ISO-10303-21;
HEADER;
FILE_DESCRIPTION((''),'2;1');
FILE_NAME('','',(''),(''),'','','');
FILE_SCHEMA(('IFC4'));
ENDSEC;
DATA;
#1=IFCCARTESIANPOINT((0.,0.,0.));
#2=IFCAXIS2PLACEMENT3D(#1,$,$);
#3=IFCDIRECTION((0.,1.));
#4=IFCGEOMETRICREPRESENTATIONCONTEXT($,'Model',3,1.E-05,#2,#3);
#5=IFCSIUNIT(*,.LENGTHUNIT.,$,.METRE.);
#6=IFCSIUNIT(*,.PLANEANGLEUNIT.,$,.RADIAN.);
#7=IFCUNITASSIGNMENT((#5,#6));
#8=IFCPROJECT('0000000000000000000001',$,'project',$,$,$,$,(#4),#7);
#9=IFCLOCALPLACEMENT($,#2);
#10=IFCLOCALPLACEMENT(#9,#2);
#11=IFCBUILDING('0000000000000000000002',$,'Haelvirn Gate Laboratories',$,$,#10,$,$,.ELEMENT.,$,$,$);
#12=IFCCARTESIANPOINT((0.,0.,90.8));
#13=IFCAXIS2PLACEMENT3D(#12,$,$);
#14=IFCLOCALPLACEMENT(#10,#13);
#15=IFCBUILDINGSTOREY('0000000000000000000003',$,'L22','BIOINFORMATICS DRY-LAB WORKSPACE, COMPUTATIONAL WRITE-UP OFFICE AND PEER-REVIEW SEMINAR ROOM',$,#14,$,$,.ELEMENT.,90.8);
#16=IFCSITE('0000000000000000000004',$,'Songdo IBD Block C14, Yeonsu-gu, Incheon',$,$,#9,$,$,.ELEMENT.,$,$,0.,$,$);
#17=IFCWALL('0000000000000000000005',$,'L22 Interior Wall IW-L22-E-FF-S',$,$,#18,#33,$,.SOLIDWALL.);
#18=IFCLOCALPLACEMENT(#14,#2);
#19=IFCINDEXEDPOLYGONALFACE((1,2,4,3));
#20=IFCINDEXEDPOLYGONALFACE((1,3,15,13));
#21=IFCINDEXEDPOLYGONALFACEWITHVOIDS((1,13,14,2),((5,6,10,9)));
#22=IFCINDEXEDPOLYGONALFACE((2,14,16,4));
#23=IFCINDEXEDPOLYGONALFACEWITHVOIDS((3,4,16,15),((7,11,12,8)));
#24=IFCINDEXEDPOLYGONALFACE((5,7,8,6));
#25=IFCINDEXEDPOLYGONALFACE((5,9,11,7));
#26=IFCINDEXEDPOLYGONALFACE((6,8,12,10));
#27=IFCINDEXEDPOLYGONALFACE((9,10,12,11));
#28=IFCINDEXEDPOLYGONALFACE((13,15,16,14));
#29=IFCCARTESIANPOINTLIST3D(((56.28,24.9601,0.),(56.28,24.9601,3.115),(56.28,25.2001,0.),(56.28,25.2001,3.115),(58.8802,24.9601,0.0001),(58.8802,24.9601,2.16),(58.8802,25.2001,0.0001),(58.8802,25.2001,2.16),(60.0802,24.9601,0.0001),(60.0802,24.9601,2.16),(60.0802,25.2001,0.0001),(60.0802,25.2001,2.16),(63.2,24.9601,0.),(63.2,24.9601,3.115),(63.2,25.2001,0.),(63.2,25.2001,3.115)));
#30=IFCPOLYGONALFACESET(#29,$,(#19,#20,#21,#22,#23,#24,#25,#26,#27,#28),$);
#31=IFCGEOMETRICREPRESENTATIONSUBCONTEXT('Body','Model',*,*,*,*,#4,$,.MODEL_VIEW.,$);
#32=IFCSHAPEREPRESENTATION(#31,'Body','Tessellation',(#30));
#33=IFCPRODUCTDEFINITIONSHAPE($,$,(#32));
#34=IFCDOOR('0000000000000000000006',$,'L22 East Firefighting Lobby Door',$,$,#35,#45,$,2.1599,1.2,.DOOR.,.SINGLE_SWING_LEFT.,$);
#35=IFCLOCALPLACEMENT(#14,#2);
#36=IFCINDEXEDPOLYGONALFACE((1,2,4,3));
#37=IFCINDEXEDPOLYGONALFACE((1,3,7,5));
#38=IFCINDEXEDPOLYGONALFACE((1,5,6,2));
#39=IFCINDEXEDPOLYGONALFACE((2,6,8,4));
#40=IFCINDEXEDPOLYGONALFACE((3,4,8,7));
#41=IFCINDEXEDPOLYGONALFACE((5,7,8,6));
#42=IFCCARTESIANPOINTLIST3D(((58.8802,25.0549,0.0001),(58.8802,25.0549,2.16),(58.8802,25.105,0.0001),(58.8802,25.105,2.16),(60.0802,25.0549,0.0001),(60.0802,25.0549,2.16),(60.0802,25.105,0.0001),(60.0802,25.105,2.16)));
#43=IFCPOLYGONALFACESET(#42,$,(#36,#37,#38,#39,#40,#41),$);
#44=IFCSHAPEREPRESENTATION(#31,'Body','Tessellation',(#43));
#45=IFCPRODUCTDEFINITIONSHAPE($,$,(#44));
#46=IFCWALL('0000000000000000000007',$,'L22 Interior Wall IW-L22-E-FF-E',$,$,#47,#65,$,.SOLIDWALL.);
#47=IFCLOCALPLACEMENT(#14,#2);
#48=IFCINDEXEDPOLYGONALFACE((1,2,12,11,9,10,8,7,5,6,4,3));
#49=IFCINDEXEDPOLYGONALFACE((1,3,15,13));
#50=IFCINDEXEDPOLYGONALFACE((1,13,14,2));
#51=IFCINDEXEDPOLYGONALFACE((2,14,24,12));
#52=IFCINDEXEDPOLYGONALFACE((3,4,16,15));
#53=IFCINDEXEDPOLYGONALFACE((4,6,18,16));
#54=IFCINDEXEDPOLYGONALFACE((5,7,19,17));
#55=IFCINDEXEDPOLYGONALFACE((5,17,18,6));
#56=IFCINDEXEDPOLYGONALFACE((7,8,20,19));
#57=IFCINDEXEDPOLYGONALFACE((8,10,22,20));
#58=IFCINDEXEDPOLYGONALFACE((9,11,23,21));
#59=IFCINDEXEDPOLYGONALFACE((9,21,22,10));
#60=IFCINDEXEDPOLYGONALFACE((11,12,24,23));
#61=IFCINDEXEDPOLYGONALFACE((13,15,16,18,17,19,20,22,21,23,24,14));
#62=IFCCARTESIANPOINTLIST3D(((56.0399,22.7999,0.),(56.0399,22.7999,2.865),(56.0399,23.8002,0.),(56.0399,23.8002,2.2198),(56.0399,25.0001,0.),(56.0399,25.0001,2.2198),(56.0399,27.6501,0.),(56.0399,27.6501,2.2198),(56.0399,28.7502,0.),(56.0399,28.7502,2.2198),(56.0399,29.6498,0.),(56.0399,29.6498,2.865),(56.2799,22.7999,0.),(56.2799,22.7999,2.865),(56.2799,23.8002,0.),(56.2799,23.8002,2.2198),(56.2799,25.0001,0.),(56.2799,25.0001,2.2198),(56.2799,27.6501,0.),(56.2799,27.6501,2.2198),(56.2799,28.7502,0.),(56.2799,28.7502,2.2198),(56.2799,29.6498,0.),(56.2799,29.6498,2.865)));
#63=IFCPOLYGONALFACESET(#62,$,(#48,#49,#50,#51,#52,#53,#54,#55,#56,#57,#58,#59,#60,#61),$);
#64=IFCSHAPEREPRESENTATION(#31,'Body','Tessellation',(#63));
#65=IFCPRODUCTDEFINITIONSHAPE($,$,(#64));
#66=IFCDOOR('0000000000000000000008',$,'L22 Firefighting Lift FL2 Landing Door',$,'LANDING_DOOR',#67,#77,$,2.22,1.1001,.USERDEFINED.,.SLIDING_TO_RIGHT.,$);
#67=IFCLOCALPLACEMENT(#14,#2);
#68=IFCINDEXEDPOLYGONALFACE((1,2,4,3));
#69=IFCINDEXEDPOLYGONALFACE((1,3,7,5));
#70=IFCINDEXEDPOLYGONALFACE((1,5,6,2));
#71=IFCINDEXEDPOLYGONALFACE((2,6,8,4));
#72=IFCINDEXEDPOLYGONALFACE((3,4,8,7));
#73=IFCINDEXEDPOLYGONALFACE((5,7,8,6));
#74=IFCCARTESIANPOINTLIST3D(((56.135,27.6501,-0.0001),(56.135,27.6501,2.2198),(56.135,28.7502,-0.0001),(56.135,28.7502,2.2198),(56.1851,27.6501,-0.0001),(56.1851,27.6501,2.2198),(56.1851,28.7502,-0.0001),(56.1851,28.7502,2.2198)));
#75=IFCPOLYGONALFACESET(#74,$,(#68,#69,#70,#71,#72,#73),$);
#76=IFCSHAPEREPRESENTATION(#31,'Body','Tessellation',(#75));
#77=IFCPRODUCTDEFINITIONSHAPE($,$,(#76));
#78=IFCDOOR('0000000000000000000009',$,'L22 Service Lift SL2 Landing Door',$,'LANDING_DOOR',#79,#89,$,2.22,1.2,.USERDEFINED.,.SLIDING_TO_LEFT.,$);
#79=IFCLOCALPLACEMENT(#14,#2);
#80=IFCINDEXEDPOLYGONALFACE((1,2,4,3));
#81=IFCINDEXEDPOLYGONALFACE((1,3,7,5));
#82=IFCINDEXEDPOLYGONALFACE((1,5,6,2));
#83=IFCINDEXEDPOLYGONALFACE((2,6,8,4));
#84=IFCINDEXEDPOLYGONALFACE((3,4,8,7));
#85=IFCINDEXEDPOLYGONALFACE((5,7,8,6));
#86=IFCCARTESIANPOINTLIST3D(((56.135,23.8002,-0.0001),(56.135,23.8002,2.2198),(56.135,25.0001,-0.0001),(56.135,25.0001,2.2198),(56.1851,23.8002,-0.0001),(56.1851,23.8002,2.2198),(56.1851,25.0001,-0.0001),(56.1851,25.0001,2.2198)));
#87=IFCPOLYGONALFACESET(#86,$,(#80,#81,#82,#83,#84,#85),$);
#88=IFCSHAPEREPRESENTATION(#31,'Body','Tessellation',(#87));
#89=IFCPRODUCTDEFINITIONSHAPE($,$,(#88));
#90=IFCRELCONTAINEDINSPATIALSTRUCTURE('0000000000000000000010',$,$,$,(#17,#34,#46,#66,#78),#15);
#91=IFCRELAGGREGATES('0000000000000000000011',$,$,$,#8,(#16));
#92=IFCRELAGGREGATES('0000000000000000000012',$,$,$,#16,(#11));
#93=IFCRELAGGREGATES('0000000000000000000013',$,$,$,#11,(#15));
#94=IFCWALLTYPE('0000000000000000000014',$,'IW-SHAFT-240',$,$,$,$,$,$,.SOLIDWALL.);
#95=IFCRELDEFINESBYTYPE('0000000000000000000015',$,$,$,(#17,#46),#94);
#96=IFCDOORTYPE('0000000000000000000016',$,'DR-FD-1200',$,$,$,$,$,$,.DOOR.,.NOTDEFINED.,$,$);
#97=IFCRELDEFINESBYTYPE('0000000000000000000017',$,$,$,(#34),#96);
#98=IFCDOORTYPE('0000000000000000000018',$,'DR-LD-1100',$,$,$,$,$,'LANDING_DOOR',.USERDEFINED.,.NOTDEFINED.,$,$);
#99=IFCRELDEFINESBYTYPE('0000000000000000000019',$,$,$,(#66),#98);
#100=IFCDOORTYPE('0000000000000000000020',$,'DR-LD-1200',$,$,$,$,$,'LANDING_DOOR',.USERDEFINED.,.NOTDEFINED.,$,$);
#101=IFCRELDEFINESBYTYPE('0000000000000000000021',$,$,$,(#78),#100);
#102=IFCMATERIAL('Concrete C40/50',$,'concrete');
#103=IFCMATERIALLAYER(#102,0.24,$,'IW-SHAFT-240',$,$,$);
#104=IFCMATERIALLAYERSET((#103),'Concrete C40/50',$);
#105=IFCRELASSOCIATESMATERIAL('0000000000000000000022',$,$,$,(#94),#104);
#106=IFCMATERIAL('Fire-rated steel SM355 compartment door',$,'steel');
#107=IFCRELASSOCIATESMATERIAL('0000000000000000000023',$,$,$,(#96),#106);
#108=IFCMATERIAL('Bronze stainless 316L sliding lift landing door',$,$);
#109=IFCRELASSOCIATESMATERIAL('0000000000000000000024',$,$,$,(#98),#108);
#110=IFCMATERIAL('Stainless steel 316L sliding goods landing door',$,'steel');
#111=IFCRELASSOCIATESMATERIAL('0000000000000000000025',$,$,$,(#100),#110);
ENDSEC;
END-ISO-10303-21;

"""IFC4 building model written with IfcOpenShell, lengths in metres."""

from ifc_helpers import new_model, si_unit, direction, frame, frame_2d, origin, place, context, subcontext, project, spatial, rectangle, extrude, source, transform, mapped, material, layer, layer_set, type_object, type_shapes, element, fill, save


model = new_model("IFC4")

# Units and contexts
model_context = context("Model", 3, precision=1e-05, world=origin(), true_north=direction((0.0, 1.0)))
body_context = subcontext(model_context, "Body", "Model", "MODEL_VIEW")
ifc_project = project(units=[si_unit("LENGTHUNIT", "METRE"), si_unit("PLANEANGLEUNIT", "RADIAN")], contexts=[model_context])

# Site, building, storey
site_placement = place(None, origin())
site = spatial("IfcSite", under=ifc_project, at=site_placement, Name="Songdo IBD Block C14, Yeonsu-gu, Incheon", CompositionType="ELEMENT", RefElevation=0.0)
building_placement = place(site_placement, origin())
building = spatial("IfcBuilding", under=site, at=building_placement, Name="Haelvirn Gate Laboratories", CompositionType="ELEMENT")
storey_placement = place(building_placement, frame((0.0, 0.0, 90.8)))
storey = spatial("IfcBuildingStorey", under=building, at=storey_placement, Name="L22", Description="BIOINFORMATICS DRY-LAB WORKSPACE, COMPUTATIONAL WRITE-UP OFFICE AND PEER-REVIEW SEMINAR ROOM", CompositionType="ELEMENT", Elevation=90.8)

# Shared definitions
ifc_material_1 = material(Name="Concrete C40/50", Category="concrete")

# Wall, opening, door
ifc_layer_1 = layer(ifc_material_1, 0.24, Name="IW-SHAFT-240")
ifc_layer_set_1 = layer_set([ifc_layer_1], Name="Concrete C40/50")
wall_type_1 = type_object("IfcWallType", Name="IW-SHAFT-240", PredefinedType="SOLIDWALL", material=ifc_layer_set_1)
wall_1_placement = place(storey_placement, frame((56.28, 25.0801, 0.0), z_axis=(0.0, 0.0, 1.0), x_axis=(1.0, 0.0, 0.0)))
wall_1 = element("IfcWall", 1, at=wall_1_placement, inside=storey, type_object=wall_type_1, Name="L22 Interior Wall IW-L22-E-FF-S", PredefinedType="SOLIDWALL", context=body_context, shape_type="SweptSolid", body=[
    extrude(rectangle(XDim=6.9199, YDim=0.24, at=frame_2d((3.46, 0.0))), origin(), (0.0, 0.0, 1.0), 3.115),
])
opening_1_placement = place(wall_1_placement, frame((2.6001, 0.0, 0.0)))
opening_1 = element("IfcOpeningElement", 2, at=opening_1_placement, cuts=wall_1, PredefinedType="OPENING", context=body_context, shape_type="SweptSolid", body=[
    extrude(rectangle(XDim=1.2, YDim=2.1599, at=frame_2d((0.6001, 1.0801))), frame((0.0, 0.1299, 0.0), z_axis=(0.0, -1.0, 0.0), x_axis=(1.0, 0.0, 0.0)), (0.0, 0.0, 1.0), 0.26),
])
ifc_material_2 = material(Name="Fire-rated steel SM355 compartment door", Category="steel")
door_type_1 = type_object("IfcDoorType", Name="DR-FD-1200", OperationType="NOTDEFINED", PredefinedType="DOOR", material=ifc_material_2)
shared_shape_1 = source(origin(), body_context, "Body", "SweptSolid", [
    extrude(rectangle(XDim=1.2, YDim=2.1599, at=frame_2d((0.6001, 1.0801))), frame((0.0, 0.0249, 0.0), z_axis=(0.0, -1.0, 0.0), x_axis=(1.0, 0.0, 0.0)), (0.0, 0.0, 1.0), 0.05),
])
type_shapes(door_type_1, [shared_shape_1])
door_1_placement = place(opening_1_placement, origin())
door_1 = element("IfcDoor", 3, at=door_1_placement, inside=storey, type_object=door_type_1, Name="L22 East Firefighting Lobby Door", OperationType="SINGLE_SWING_LEFT", OverallHeight=2.1599, OverallWidth=1.2, PredefinedType="DOOR", context=body_context, shape_type="MappedRepresentation", body=[
    mapped(shared_shape_1, transform((0.0, 0.0, 0.0), scale=1.0)),
])
fill(opening_1, door_1)

# Wall, openings, doors
wall_2_placement = place(storey_placement, frame((56.1599, 22.8, 0.0), z_axis=(0.0, 0.0, 1.0), x_axis=(0.0, 1.0, 0.0)))
wall_2 = element("IfcWall", 4, at=wall_2_placement, inside=storey, type_object=wall_type_1, Name="L22 Interior Wall IW-L22-E-FF-E", PredefinedType="SOLIDWALL", context=body_context, shape_type="SweptSolid", body=[
    extrude(rectangle(XDim=6.8499, YDim=0.24, at=frame_2d((3.4248, 0.0))), origin(), (0.0, 0.0, 1.0), 2.865),
])
opening_2_placement = place(wall_2_placement, frame((4.8501, 0.0, 0.0)))
opening_2 = element("IfcOpeningElement", 5, at=opening_2_placement, cuts=wall_2, PredefinedType="OPENING", context=body_context, shape_type="SweptSolid", body=[
    extrude(rectangle(XDim=1.1001, YDim=2.22, at=frame_2d((0.55, 1.1099))), frame((0.0, 0.1299, 0.0), z_axis=(0.0, -1.0, 0.0), x_axis=(1.0, 0.0, 0.0)), (0.0, 0.0, 1.0), 0.26),
])
opening_3_placement = place(wall_2_placement, frame((1.0, 0.0, 0.0)))
opening_3 = element("IfcOpeningElement", 6, at=opening_3_placement, cuts=wall_2, PredefinedType="OPENING", context=body_context, shape_type="SweptSolid", body=[
    extrude(rectangle(XDim=1.2, YDim=2.22, at=frame_2d((0.6001, 1.1099))), frame((0.0, 0.1299, 0.0), z_axis=(0.0, -1.0, 0.0), x_axis=(1.0, 0.0, 0.0)), (0.0, 0.0, 1.0), 0.26),
])
ifc_material_3 = material(Name="Bronze stainless 316L sliding lift landing door")
door_type_2 = type_object("IfcDoorType", Name="DR-LD-1100", ElementType="LANDING_DOOR", OperationType="NOTDEFINED", PredefinedType="USERDEFINED", material=ifc_material_3)
shared_shape_2 = source(origin(), body_context, "Body", "SweptSolid", [
    extrude(rectangle(XDim=1.1001, YDim=2.22, at=frame_2d((0.55, 1.1099))), frame((0.0, 0.0249, 0.0), z_axis=(0.0, -1.0, 0.0), x_axis=(1.0, 0.0, 0.0)), (0.0, 0.0, 1.0), 0.05),
])
type_shapes(door_type_2, [shared_shape_2])
door_2_placement = place(opening_2_placement, origin())
door_2 = element("IfcDoor", 7, at=door_2_placement, inside=storey, type_object=door_type_2, Name="L22 Firefighting Lift FL2 Landing Door", ObjectType="LANDING_DOOR", OperationType="SLIDING_TO_RIGHT", OverallHeight=2.22, OverallWidth=1.1001, PredefinedType="USERDEFINED", context=body_context, shape_type="MappedRepresentation", body=[
    mapped(shared_shape_2, transform((0.0, 0.0, 0.0), scale=1.0)),
])
fill(opening_2, door_2)
ifc_material_4 = material(Name="Stainless steel 316L sliding goods landing door", Category="steel")
door_type_3 = type_object("IfcDoorType", Name="DR-LD-1200", ElementType="LANDING_DOOR", OperationType="NOTDEFINED", PredefinedType="USERDEFINED", material=ifc_material_4)
shared_shape_3 = source(origin(), body_context, "Body", "SweptSolid", [
    extrude(rectangle(XDim=1.2, YDim=2.22, at=frame_2d((0.6001, 1.1099))), frame((0.0, 0.0249, 0.0), z_axis=(0.0, -1.0, 0.0), x_axis=(1.0, 0.0, 0.0)), (0.0, 0.0, 1.0), 0.05),
])
type_shapes(door_type_3, [shared_shape_3])
door_3_placement = place(opening_3_placement, origin())
door_3 = element("IfcDoor", 8, at=door_3_placement, inside=storey, type_object=door_type_3, Name="L22 Service Lift SL2 Landing Door", ObjectType="LANDING_DOOR", OperationType="SLIDING_TO_LEFT", OverallHeight=2.22, OverallWidth=1.2, PredefinedType="USERDEFINED", context=body_context, shape_type="MappedRepresentation", body=[
    mapped(shared_shape_3, transform((0.0, 0.0, 0.0), scale=1.0)),
])
fill(opening_3, door_3)

save(model, "model.ifc")
